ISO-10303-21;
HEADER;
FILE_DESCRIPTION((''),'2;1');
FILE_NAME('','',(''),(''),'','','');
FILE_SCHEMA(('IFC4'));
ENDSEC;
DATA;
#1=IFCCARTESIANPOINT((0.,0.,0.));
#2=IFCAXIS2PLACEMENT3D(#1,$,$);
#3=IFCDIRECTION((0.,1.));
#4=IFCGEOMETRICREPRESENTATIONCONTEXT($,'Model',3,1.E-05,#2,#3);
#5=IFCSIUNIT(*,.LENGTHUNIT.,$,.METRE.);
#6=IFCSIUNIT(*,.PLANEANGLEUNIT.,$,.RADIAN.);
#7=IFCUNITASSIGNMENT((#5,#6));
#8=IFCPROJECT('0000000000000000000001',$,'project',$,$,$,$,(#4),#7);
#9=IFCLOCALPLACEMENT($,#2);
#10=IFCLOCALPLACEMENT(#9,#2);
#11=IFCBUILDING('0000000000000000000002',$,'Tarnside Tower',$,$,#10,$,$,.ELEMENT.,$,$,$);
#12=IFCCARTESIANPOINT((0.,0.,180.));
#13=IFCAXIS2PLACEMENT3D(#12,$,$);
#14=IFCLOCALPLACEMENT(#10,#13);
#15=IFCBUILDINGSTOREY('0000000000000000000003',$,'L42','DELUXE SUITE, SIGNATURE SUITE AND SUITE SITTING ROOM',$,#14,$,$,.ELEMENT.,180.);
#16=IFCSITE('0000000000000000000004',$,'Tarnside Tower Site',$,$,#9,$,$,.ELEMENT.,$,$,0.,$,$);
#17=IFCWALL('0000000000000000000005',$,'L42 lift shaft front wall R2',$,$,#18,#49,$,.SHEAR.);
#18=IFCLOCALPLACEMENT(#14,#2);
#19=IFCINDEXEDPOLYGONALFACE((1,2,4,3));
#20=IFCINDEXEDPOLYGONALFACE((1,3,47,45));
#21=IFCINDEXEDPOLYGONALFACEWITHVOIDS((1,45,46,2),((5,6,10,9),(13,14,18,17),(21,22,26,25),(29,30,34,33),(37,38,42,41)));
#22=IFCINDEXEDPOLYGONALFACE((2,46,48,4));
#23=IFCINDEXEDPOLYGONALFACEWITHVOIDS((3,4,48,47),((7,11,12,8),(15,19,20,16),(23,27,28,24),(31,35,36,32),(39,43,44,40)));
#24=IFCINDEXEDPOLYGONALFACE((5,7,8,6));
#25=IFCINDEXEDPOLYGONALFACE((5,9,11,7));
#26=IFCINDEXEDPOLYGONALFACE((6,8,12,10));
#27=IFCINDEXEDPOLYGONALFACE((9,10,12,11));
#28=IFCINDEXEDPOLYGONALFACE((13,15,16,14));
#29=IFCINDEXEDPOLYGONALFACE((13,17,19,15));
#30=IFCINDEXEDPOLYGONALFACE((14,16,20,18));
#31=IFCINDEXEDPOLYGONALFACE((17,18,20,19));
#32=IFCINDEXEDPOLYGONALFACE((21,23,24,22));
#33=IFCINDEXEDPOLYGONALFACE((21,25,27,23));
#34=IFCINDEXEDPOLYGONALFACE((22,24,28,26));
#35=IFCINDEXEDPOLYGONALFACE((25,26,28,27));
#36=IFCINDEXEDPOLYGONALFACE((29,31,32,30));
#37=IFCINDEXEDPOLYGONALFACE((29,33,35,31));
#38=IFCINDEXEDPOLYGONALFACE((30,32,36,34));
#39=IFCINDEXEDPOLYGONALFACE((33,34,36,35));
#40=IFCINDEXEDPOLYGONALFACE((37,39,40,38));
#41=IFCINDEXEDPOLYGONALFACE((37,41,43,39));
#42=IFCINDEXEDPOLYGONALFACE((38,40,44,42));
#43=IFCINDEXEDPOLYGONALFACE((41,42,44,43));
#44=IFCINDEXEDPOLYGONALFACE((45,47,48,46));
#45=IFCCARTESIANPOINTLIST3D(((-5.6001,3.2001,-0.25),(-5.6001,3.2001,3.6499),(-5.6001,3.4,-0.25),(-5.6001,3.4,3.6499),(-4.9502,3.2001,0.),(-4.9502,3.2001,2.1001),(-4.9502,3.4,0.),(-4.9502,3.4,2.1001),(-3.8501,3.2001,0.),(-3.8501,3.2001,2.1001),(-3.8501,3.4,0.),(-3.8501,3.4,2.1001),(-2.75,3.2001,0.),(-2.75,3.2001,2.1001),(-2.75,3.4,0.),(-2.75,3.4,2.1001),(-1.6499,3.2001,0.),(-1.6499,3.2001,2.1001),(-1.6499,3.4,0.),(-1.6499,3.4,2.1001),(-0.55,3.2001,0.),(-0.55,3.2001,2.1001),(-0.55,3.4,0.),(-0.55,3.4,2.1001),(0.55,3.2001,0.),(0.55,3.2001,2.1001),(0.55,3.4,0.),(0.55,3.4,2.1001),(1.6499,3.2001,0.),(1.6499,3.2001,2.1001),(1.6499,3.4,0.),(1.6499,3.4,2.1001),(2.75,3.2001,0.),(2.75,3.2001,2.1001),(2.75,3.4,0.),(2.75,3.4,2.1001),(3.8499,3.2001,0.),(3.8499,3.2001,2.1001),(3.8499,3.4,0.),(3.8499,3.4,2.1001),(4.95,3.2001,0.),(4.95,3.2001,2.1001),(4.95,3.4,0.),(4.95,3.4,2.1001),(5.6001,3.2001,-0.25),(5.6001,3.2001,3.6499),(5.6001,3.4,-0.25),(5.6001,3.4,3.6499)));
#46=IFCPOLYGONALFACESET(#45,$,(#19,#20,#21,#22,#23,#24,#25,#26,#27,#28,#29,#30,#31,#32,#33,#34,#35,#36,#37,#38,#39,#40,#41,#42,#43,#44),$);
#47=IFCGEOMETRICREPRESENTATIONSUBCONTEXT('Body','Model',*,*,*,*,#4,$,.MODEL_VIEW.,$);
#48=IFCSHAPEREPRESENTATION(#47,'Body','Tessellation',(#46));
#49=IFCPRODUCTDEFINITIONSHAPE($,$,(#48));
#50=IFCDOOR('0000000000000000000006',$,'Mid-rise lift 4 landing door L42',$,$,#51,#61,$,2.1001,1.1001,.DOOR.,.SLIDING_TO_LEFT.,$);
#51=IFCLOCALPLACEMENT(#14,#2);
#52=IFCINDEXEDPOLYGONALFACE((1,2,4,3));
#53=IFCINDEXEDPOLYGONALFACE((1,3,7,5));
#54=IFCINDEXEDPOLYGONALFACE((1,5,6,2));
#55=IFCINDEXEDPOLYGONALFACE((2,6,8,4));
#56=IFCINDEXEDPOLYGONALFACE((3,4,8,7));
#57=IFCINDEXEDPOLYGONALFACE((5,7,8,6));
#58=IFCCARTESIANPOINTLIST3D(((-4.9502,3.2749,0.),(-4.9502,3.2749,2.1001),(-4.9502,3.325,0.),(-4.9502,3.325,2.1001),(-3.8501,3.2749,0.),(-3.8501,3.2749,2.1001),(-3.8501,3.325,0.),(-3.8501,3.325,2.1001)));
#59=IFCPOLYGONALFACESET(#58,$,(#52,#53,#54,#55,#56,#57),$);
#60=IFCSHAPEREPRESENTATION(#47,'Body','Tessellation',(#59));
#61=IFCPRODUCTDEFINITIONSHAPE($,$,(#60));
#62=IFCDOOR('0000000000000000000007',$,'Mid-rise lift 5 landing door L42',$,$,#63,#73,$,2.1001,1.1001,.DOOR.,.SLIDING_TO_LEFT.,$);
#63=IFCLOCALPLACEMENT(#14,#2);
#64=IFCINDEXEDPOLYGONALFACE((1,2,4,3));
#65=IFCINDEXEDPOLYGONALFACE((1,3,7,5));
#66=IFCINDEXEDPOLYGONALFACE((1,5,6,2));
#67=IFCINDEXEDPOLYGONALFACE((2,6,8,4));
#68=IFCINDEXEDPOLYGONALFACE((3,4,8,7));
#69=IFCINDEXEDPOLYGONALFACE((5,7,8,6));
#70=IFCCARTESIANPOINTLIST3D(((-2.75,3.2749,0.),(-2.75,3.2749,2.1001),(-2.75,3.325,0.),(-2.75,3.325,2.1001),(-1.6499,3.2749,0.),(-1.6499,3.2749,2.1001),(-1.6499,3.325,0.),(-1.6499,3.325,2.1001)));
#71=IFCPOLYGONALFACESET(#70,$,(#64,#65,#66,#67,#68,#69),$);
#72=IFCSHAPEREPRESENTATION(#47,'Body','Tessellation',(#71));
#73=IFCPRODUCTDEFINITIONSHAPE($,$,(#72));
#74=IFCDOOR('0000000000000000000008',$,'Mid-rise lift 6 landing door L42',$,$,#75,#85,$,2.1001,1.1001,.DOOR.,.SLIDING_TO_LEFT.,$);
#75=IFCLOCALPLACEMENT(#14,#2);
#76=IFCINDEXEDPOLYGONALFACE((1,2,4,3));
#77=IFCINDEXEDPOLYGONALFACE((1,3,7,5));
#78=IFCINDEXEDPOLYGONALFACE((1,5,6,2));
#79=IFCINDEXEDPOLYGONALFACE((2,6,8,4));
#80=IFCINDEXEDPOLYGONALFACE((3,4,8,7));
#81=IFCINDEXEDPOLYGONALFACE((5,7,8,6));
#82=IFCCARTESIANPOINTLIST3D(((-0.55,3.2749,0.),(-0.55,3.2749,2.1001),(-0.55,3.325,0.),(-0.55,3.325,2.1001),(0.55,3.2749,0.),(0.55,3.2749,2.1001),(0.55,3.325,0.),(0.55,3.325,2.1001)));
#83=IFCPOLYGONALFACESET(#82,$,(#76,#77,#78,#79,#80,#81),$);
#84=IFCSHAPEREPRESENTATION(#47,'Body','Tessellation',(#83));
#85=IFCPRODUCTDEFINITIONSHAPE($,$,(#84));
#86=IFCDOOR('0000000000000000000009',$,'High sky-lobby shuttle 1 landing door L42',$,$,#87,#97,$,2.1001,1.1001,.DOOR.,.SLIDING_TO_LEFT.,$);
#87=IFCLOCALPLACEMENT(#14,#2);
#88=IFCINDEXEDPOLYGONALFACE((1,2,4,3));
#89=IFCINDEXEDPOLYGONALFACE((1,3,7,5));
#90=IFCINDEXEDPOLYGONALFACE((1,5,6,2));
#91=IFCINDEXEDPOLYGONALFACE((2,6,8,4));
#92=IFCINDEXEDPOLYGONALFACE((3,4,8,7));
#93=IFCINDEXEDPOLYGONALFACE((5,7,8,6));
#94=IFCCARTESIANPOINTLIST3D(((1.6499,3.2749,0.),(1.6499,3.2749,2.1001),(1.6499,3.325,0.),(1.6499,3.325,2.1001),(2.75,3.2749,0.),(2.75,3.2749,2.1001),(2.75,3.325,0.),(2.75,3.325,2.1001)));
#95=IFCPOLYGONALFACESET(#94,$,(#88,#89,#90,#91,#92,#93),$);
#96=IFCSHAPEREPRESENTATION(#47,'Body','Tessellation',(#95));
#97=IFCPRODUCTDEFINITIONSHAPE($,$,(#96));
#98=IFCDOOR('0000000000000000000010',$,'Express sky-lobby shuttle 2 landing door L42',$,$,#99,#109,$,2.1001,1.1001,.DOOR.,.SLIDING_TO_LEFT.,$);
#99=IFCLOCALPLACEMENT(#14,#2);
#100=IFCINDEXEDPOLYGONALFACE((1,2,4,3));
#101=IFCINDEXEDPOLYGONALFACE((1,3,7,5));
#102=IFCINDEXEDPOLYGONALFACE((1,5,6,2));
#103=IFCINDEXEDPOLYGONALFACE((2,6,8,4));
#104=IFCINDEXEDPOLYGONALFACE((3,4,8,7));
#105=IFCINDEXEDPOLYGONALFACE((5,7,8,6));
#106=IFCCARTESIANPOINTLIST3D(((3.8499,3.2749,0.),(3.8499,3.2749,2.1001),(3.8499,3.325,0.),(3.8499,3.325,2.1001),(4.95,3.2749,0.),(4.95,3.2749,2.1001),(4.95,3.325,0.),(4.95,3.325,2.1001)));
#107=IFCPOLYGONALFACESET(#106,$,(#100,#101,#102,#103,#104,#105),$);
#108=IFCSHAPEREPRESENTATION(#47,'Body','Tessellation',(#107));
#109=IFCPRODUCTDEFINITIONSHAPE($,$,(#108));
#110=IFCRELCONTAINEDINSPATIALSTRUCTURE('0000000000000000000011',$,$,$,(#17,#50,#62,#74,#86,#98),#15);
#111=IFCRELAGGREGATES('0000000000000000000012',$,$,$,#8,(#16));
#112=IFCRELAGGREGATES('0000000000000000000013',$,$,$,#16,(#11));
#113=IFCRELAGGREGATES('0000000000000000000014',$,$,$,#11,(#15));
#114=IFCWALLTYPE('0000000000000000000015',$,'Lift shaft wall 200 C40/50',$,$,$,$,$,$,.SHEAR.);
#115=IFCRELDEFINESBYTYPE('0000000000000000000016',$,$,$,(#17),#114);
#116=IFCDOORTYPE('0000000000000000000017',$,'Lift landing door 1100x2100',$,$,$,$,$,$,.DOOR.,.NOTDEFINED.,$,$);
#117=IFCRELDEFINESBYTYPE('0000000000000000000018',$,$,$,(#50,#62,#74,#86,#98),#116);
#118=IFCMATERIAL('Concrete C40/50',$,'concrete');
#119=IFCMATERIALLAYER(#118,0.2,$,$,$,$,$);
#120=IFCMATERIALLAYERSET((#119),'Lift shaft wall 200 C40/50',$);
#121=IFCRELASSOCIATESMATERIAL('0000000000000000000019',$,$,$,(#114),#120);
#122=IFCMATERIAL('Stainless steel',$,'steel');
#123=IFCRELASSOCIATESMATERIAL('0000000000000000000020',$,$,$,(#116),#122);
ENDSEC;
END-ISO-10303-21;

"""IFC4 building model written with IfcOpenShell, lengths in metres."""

from ifc_helpers import new_model, si_unit, direction, frame, frame_2d, origin, place, context, subcontext, project, spatial, rectangle, extrude, material, layer, layer_set, type_object, element, fill, save


model = new_model("IFC4")

# Units and contexts
model_context = context("Model", 3, precision=1e-05, world=origin(), true_north=direction((0.0, 1.0)))
body_context = subcontext(model_context, "Body", "Model", "MODEL_VIEW")
ifc_project = project(units=[si_unit("LENGTHUNIT", "METRE"), si_unit("PLANEANGLEUNIT", "RADIAN")], contexts=[model_context])

# Site, building, storey
site_placement = place(None, origin())
site = spatial("IfcSite", under=ifc_project, at=site_placement, Name="Tarnside Tower Site", CompositionType="ELEMENT", RefElevation=0.0)
building_placement = place(site_placement, origin())
building = spatial("IfcBuilding", under=site, at=building_placement, Name="Tarnside Tower", CompositionType="ELEMENT")
storey_placement = place(building_placement, frame((0.0, 0.0, 180.0)))
storey = spatial("IfcBuildingStorey", under=building, at=storey_placement, Name="L42", Description="DELUXE SUITE, SIGNATURE SUITE AND SUITE SITTING ROOM", CompositionType="ELEMENT", Elevation=180.0)

# Shared definitions
ifc_material_1 = material(Name="Concrete C40/50", Category="concrete")
ifc_layer_1 = layer(ifc_material_1, 0.2)
ifc_layer_set_1 = layer_set([ifc_layer_1], Name="Lift shaft wall 200 C40/50")
wall_type_1 = type_object("IfcWallType", Name="Lift shaft wall 200 C40/50", PredefinedType="SHEAR", material=ifc_layer_set_1)
ifc_material_2 = material(Name="Stainless steel", Category="steel")
door_type_1 = type_object("IfcDoorType", Name="Lift landing door 1100x2100", OperationType="NOTDEFINED", PredefinedType="DOOR", material=ifc_material_2)

# Wall, openings, doors
wall_1_placement = place(storey_placement, frame((-5.6001, 3.3, -0.25), z_axis=(0.0, 0.0, 1.0), x_axis=(1.0, 0.0, 0.0)))
wall_1 = element("IfcWall", 1, at=wall_1_placement, inside=storey, type_object=wall_type_1, Name="L42 lift shaft front wall R2", PredefinedType="SHEAR", context=body_context, shape_type="SweptSolid", body=[
    extrude(rectangle(XDim=11.2002, YDim=0.2, at=frame_2d((5.6001, 0.0))), origin(), (0.0, 0.0, 1.0), 3.8999),
])
opening_1_placement = place(wall_1_placement, frame((0.6499, 0.0, 0.25)))
opening_1 = element("IfcOpeningElement", 2, at=opening_1_placement, cuts=wall_1, PredefinedType="OPENING", context=body_context, shape_type="SweptSolid", body=[
    extrude(rectangle(XDim=1.1001, YDim=2.1001, at=frame_2d((0.55, 1.05))), frame((0.0, 0.1099, 0.0), z_axis=(0.0, -1.0, 0.0), x_axis=(1.0, 0.0, 0.0)), (0.0, 0.0, 1.0), 0.22),
])
opening_2_placement = place(wall_1_placement, frame((2.8501, 0.0, 0.25)))
opening_2 = element("IfcOpeningElement", 3, at=opening_2_placement, cuts=wall_1, PredefinedType="OPENING", context=body_context, shape_type="SweptSolid", body=[
    extrude(rectangle(XDim=1.1001, YDim=2.1001, at=frame_2d((0.55, 1.05))), frame((0.0, 0.1099, 0.0), z_axis=(0.0, -1.0, 0.0), x_axis=(1.0, 0.0, 0.0)), (0.0, 0.0, 1.0), 0.22),
])
opening_3_placement = place(wall_1_placement, frame((5.05, 0.0, 0.25)))
opening_3 = element("IfcOpeningElement", 4, at=opening_3_placement, cuts=wall_1, PredefinedType="OPENING", context=body_context, shape_type="SweptSolid", body=[
    extrude(rectangle(XDim=1.1001, YDim=2.1001, at=frame_2d((0.55, 1.05))), frame((0.0, 0.1099, 0.0), z_axis=(0.0, -1.0, 0.0), x_axis=(1.0, 0.0, 0.0)), (0.0, 0.0, 1.0), 0.22),
])
opening_4_placement = place(wall_1_placement, frame((7.25, 0.0, 0.25)))
opening_4 = element("IfcOpeningElement", 5, at=opening_4_placement, cuts=wall_1, PredefinedType="OPENING", context=body_context, shape_type="SweptSolid", body=[
    extrude(rectangle(XDim=1.1001, YDim=2.1001, at=frame_2d((0.55, 1.05))), frame((0.0, 0.1099, 0.0), z_axis=(0.0, -1.0, 0.0), x_axis=(1.0, 0.0, 0.0)), (0.0, 0.0, 1.0), 0.22),
])
opening_5_placement = place(wall_1_placement, frame((9.45, 0.0, 0.25)))
opening_5 = element("IfcOpeningElement", 6, at=opening_5_placement, cuts=wall_1, PredefinedType="OPENING", context=body_context, shape_type="SweptSolid", body=[
    extrude(rectangle(XDim=1.1001, YDim=2.1001, at=frame_2d((0.55, 1.05))), frame((0.0, 0.1099, 0.0), z_axis=(0.0, -1.0, 0.0), x_axis=(1.0, 0.0, 0.0)), (0.0, 0.0, 1.0), 0.22),
])
door_1_placement = place(opening_1_placement, origin())
door_1 = element("IfcDoor", 7, at=door_1_placement, inside=storey, type_object=door_type_1, Name="Mid-rise lift 4 landing door L42", OperationType="SLIDING_TO_LEFT", OverallHeight=2.1001, OverallWidth=1.1001, PredefinedType="DOOR", context=body_context, shape_type="SweptSolid", body=[
    extrude(rectangle(XDim=1.1001, YDim=2.1001, at=frame_2d((0.55, 1.05))), frame((0.0, 0.0249, 0.0), z_axis=(0.0, -1.0, 0.0), x_axis=(1.0, 0.0, 0.0)), (0.0, 0.0, 1.0), 0.05),
])
fill(opening_1, door_1)
door_2_placement = place(opening_2_placement, origin())
door_2 = element("IfcDoor", 8, at=door_2_placement, inside=storey, type_object=door_type_1, Name="Mid-rise lift 5 landing door L42", OperationType="SLIDING_TO_LEFT", OverallHeight=2.1001, OverallWidth=1.1001, PredefinedType="DOOR", context=body_context, shape_type="SweptSolid", body=[
    extrude(rectangle(XDim=1.1001, YDim=2.1001, at=frame_2d((0.55, 1.05))), frame((0.0, 0.0249, 0.0), z_axis=(0.0, -1.0, 0.0), x_axis=(1.0, 0.0, 0.0)), (0.0, 0.0, 1.0), 0.05),
])
fill(opening_2, door_2)
door_3_placement = place(opening_3_placement, origin())
door_3 = element("IfcDoor", 9, at=door_3_placement, inside=storey, type_object=door_type_1, Name="Mid-rise lift 6 landing door L42", OperationType="SLIDING_TO_LEFT", OverallHeight=2.1001, OverallWidth=1.1001, PredefinedType="DOOR", context=body_context, shape_type="SweptSolid", body=[
    extrude(rectangle(XDim=1.1001, YDim=2.1001, at=frame_2d((0.55, 1.05))), frame((0.0, 0.0249, 0.0), z_axis=(0.0, -1.0, 0.0), x_axis=(1.0, 0.0, 0.0)), (0.0, 0.0, 1.0), 0.05),
])
fill(opening_3, door_3)
door_4_placement = place(opening_4_placement, origin())
door_4 = element("IfcDoor", 10, at=door_4_placement, inside=storey, type_object=door_type_1, Name="High sky-lobby shuttle 1 landing door L42", OperationType="SLIDING_TO_LEFT", OverallHeight=2.1001, OverallWidth=1.1001, PredefinedType="DOOR", context=body_context, shape_type="SweptSolid", body=[
    extrude(rectangle(XDim=1.1001, YDim=2.1001, at=frame_2d((0.55, 1.05))), frame((0.0, 0.0249, 0.0), z_axis=(0.0, -1.0, 0.0), x_axis=(1.0, 0.0, 0.0)), (0.0, 0.0, 1.0), 0.05),
])
fill(opening_4, door_4)
door_5_placement = place(opening_5_placement, origin())
door_5 = element("IfcDoor", 11, at=door_5_placement, inside=storey, type_object=door_type_1, Name="Express sky-lobby shuttle 2 landing door L42", OperationType="SLIDING_TO_LEFT", OverallHeight=2.1001, OverallWidth=1.1001, PredefinedType="DOOR", context=body_context, shape_type="SweptSolid", body=[
    extrude(rectangle(XDim=1.1001, YDim=2.1001, at=frame_2d((0.55, 1.05))), frame((0.0, 0.0249, 0.0), z_axis=(0.0, -1.0, 0.0), x_axis=(1.0, 0.0, 0.0)), (0.0, 0.0, 1.0), 0.05),
])
fill(opening_5, door_5)

save(model, "model.ifc")
